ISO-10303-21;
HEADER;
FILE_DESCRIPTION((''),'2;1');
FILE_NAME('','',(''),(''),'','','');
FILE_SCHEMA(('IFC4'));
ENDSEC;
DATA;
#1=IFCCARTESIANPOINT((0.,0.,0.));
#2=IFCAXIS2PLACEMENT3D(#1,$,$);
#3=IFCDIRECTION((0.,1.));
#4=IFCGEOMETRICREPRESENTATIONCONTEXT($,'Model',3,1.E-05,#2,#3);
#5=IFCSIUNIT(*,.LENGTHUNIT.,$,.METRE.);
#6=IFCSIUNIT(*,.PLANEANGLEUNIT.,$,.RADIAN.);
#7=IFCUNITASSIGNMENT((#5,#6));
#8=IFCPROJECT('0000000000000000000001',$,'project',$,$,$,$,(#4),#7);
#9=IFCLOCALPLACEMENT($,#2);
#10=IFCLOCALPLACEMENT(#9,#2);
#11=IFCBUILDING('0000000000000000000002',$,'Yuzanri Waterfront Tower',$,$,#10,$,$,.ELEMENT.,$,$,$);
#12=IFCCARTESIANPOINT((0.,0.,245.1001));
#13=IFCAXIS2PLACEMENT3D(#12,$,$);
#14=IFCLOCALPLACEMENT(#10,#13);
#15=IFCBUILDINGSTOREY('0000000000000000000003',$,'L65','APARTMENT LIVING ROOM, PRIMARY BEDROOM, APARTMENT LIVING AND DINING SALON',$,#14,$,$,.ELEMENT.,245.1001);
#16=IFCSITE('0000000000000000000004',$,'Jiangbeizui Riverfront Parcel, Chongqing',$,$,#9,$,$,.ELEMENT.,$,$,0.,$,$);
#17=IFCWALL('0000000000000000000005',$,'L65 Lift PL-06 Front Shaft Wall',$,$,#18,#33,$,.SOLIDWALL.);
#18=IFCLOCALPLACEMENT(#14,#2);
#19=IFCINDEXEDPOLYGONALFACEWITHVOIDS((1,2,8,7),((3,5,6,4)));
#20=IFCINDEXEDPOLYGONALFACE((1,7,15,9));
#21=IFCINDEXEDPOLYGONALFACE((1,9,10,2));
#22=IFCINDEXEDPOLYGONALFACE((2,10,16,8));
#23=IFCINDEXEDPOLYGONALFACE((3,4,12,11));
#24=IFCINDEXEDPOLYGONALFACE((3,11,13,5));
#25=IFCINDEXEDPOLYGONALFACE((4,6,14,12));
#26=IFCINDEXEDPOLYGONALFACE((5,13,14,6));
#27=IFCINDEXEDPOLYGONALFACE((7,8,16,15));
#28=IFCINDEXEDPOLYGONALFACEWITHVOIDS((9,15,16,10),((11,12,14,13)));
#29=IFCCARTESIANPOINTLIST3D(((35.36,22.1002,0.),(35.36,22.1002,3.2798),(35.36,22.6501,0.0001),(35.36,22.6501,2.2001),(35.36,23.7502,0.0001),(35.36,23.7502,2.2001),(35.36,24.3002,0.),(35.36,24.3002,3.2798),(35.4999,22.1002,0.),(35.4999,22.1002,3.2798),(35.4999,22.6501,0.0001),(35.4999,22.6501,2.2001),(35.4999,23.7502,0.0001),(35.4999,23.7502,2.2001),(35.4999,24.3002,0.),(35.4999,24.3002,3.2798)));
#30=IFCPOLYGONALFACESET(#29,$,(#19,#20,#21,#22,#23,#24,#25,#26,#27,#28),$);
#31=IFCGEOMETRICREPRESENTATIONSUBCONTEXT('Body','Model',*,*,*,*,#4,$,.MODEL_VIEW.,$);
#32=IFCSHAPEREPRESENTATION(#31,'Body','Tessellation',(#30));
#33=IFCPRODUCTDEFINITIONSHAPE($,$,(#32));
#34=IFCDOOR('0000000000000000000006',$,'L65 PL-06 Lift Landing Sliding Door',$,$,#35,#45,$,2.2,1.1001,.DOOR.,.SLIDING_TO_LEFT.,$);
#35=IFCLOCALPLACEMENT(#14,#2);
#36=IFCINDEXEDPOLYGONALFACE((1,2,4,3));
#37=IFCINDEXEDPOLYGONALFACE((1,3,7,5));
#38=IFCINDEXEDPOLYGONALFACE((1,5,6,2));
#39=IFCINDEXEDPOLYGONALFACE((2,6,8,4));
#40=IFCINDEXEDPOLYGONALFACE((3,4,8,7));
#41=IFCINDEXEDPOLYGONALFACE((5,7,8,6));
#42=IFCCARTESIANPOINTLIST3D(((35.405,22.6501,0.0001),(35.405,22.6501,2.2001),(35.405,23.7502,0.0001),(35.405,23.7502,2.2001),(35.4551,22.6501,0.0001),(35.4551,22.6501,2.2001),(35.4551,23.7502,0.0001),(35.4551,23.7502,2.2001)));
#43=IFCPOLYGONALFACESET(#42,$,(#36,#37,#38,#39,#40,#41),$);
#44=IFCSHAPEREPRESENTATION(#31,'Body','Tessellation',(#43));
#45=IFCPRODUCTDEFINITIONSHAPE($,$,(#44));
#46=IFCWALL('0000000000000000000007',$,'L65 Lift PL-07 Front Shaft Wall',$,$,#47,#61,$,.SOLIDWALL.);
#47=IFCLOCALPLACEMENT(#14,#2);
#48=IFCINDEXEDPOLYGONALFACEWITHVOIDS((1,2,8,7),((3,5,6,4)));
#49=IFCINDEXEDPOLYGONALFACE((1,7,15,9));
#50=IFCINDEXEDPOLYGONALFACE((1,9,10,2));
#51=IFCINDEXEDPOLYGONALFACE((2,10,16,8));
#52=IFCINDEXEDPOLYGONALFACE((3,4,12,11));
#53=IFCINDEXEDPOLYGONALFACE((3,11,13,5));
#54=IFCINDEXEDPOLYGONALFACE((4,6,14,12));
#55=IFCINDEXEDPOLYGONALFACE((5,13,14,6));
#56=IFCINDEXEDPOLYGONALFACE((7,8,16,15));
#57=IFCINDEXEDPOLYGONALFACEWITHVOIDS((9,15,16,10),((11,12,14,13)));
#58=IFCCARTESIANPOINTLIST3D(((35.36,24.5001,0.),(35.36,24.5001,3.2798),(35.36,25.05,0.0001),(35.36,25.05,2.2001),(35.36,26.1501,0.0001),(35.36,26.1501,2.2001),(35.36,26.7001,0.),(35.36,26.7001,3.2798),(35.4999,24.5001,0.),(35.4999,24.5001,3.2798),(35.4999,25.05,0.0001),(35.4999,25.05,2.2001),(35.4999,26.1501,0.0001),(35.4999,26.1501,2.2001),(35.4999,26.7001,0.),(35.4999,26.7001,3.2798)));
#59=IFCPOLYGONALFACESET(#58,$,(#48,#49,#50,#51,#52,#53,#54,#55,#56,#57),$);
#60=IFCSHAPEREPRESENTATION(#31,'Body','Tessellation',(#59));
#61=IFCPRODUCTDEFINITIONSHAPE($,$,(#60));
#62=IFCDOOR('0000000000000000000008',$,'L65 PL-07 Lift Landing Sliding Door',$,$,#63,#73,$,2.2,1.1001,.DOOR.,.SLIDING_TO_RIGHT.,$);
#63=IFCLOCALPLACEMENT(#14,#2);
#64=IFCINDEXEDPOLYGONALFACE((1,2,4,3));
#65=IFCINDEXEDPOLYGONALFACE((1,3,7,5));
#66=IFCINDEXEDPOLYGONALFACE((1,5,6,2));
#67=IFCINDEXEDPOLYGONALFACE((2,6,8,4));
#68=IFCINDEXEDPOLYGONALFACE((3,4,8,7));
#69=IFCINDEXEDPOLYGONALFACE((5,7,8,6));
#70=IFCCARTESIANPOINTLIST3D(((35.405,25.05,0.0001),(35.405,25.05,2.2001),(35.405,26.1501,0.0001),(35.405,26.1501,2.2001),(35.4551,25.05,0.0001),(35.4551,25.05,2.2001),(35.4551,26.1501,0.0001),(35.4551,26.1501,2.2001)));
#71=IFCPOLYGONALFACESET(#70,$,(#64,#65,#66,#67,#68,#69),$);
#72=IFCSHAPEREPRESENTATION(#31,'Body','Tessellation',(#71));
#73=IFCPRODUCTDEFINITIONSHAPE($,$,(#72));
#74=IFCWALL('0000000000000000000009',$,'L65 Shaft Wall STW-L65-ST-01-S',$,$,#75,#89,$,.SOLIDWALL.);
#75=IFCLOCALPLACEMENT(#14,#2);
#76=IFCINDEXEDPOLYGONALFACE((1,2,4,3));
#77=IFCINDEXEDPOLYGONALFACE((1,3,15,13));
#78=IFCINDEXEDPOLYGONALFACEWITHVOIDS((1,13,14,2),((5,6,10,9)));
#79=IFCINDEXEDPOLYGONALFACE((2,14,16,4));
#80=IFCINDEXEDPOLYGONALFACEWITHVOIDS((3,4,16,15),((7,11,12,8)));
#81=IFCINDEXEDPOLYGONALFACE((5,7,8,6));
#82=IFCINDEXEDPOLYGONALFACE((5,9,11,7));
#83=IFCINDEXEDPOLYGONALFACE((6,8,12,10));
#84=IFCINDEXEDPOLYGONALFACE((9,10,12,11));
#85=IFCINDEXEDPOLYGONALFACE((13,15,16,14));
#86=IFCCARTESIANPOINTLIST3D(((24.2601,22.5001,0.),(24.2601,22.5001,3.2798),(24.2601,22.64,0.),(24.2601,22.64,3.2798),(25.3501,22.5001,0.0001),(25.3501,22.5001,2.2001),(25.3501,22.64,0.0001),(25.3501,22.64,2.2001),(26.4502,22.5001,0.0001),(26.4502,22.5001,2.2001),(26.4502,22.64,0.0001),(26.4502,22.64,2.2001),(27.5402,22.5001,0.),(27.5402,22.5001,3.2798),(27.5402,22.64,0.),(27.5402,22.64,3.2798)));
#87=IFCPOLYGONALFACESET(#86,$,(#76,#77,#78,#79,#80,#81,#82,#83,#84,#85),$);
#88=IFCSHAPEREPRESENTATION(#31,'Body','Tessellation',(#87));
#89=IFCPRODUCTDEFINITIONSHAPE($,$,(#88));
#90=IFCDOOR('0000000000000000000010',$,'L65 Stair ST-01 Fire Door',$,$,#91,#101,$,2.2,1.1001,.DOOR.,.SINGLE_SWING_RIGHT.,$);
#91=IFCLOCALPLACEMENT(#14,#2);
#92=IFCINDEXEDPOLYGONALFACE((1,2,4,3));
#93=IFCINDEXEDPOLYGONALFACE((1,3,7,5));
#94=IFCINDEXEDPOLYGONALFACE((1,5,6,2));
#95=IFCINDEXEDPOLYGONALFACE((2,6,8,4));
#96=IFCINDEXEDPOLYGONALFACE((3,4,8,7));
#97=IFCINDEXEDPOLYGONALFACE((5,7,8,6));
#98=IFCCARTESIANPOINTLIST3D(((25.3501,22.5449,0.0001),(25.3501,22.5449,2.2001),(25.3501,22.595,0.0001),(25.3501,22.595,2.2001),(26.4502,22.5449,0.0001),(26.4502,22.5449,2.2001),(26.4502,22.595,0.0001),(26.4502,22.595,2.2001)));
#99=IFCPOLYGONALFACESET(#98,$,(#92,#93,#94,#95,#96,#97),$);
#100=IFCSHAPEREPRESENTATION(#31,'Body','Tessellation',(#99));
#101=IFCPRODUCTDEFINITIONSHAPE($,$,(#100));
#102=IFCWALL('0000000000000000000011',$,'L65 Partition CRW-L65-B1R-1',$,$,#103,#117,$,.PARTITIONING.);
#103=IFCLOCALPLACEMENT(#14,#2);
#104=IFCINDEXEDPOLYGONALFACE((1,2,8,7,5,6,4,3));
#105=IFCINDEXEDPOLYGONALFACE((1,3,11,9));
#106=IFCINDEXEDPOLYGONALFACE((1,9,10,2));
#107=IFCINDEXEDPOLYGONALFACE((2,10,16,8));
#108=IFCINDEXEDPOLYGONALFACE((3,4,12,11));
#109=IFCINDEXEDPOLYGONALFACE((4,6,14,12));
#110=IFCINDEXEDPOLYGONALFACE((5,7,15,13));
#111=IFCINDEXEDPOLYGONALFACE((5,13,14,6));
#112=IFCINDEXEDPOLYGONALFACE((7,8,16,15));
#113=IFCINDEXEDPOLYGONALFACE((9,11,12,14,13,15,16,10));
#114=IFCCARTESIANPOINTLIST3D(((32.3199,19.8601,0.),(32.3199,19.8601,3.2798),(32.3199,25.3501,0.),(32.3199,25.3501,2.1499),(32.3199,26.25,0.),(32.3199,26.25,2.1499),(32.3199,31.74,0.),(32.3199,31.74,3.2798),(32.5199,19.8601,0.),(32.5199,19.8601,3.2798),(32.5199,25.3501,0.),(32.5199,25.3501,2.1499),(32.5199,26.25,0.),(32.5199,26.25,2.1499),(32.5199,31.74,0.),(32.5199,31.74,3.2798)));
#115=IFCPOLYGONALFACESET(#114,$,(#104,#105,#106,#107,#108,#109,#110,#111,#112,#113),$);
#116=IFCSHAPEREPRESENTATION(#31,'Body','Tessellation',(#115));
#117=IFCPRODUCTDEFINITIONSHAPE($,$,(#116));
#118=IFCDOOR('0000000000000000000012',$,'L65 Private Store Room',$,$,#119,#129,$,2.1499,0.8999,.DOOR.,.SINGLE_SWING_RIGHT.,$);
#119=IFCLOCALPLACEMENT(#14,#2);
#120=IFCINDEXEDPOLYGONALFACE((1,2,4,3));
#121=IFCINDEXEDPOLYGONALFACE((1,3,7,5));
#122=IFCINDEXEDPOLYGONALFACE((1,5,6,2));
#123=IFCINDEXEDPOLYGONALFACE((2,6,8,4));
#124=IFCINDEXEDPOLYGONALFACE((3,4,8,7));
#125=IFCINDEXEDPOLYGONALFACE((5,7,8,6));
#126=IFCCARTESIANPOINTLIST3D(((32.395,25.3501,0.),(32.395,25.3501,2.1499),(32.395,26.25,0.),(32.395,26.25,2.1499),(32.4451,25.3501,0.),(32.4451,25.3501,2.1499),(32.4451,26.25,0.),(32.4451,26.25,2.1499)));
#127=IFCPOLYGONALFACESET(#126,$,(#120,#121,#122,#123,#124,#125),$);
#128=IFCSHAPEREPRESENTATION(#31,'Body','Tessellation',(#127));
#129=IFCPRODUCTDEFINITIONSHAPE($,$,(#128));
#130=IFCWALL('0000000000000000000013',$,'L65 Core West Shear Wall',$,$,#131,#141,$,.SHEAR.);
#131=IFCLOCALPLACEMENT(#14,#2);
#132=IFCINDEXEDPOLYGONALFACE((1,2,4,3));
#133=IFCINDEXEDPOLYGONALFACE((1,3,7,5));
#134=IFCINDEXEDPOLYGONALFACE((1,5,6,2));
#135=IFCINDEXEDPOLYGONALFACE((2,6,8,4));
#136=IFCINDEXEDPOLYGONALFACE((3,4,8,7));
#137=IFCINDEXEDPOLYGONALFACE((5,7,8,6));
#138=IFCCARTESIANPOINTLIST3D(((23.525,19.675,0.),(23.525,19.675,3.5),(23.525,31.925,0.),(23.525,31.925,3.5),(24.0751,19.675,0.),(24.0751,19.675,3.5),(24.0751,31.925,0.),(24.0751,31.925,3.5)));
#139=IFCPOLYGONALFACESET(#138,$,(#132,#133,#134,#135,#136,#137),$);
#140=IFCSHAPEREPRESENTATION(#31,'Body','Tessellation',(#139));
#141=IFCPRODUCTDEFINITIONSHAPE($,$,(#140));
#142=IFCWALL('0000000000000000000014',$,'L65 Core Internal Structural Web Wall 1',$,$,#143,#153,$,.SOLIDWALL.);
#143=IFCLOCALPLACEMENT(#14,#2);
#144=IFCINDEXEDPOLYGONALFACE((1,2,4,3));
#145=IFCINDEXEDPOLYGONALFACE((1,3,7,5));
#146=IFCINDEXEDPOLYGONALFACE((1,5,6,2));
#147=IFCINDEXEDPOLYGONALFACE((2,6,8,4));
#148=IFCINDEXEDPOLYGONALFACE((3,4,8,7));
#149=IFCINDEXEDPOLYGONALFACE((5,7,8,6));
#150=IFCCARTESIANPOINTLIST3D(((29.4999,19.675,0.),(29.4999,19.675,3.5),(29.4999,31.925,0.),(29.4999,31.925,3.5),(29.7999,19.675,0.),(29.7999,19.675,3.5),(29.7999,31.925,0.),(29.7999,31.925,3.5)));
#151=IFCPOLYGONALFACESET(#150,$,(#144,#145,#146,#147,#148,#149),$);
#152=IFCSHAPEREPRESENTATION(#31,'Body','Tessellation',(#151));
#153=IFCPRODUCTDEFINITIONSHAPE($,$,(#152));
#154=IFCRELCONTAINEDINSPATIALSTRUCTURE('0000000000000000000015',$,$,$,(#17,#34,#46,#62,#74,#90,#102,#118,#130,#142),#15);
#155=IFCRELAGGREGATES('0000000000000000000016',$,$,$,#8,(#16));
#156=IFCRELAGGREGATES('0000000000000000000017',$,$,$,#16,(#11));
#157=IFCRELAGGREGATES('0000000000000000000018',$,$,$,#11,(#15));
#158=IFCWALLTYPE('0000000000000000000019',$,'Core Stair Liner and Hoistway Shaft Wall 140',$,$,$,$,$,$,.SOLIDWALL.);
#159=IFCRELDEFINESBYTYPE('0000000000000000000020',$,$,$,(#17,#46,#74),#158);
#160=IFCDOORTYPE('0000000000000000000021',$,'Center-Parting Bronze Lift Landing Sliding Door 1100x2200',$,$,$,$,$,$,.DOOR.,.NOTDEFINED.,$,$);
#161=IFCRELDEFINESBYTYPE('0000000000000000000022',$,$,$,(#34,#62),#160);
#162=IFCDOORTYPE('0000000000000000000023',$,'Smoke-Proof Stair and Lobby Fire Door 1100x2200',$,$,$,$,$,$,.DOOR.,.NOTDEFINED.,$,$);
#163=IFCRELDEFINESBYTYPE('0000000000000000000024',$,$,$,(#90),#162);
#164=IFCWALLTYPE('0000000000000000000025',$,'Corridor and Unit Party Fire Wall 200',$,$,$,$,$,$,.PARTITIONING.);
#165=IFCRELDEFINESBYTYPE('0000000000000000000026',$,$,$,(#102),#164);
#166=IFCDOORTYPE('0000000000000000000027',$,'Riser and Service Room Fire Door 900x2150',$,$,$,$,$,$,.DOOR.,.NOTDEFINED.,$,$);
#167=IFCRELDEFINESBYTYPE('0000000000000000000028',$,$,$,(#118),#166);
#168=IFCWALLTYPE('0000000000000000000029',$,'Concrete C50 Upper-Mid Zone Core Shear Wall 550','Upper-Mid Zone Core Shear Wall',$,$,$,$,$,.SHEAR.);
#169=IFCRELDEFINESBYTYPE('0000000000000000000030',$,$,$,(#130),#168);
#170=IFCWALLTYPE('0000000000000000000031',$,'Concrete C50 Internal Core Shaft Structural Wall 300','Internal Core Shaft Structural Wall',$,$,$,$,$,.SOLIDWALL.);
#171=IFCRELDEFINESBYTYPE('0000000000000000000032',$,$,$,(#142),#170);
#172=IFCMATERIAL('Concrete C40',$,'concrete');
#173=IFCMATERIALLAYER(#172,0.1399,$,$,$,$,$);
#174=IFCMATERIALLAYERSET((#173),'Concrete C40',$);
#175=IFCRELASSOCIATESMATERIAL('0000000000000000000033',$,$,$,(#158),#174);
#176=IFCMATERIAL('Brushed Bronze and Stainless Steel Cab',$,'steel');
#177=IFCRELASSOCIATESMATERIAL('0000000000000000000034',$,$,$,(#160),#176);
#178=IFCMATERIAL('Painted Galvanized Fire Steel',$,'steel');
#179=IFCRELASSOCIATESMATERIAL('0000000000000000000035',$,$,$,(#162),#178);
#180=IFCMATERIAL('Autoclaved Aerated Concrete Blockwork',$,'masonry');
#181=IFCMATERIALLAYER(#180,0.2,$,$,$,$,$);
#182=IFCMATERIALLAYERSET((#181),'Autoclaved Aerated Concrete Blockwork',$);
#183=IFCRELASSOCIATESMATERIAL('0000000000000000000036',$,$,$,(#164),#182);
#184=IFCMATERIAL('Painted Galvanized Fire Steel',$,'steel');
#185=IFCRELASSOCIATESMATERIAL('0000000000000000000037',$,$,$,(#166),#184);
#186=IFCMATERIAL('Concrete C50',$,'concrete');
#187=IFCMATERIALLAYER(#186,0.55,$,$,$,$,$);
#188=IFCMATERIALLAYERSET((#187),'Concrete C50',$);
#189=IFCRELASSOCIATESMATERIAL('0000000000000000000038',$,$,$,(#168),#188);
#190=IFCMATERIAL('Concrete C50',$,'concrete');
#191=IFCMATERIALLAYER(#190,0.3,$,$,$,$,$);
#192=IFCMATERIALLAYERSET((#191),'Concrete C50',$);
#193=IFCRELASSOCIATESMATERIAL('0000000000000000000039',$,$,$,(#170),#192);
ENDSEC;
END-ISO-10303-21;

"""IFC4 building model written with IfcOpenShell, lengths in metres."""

from ifc_helpers import new_model, si_unit, direction, frame, frame_2d, origin, place, context, subcontext, project, spatial, rectangle, extrude, source, transform, mapped, material, layer, layer_set, type_object, element, fill, save


model = new_model("IFC4")

# Units and contexts
model_context = context("Model", 3, precision=1e-05, world=origin(), true_north=direction((0.0, 1.0)))
body_context = subcontext(model_context, "Body", "Model", "MODEL_VIEW")
ifc_project = project(units=[si_unit("LENGTHUNIT", "METRE"), si_unit("PLANEANGLEUNIT", "RADIAN")], contexts=[model_context])

# Site, building, storey
site_placement = place(None, origin())
site = spatial("IfcSite", under=ifc_project, at=site_placement, Name="Jiangbeizui Riverfront Parcel, Chongqing", CompositionType="ELEMENT", RefElevation=0.0)
building_placement = place(site_placement, origin())
building = spatial("IfcBuilding", under=site, at=building_placement, Name="Yuzanri Waterfront Tower", CompositionType="ELEMENT")
storey_placement = place(building_placement, frame((0.0, 0.0, 245.1001)))
storey = spatial("IfcBuildingStorey", under=building, at=storey_placement, Name="L65", Description="APARTMENT LIVING ROOM, PRIMARY BEDROOM, APARTMENT LIVING AND DINING SALON", CompositionType="ELEMENT", Elevation=245.1001)

# Walls, openings, doors
ifc_material_1 = material(Name="Concrete C40", Category="concrete")
ifc_layer_1 = layer(ifc_material_1, 0.1399)
ifc_layer_set_1 = layer_set([ifc_layer_1], Name="Concrete C40")
wall_type_1 = type_object("IfcWallType", Name="Core Stair Liner and Hoistway Shaft Wall 140", PredefinedType="SOLIDWALL", material=ifc_layer_set_1)
ifc_material_2 = material(Name="Brushed Bronze and Stainless Steel Cab", Category="steel")
door_type_1 = type_object("IfcDoorType", Name="Center-Parting Bronze Lift Landing Sliding Door 1100x2200", OperationType="NOTDEFINED", PredefinedType="DOOR", material=ifc_material_2)
shared_shape_1 = source(origin(), body_context, "Body", "SweptSolid", [
    extrude(rectangle(XDim=1.1001, YDim=2.2, at=frame_2d((0.55, 1.1001))), frame((0.0, 0.0249, 0.0), z_axis=(0.0, -1.0, 0.0), x_axis=(1.0, 0.0, 0.0)), (0.0, 0.0, 1.0), 0.05),
])
wall_1_placement = place(storey_placement, frame((35.4299, 22.1001, 0.0), z_axis=(0.0, 0.0, 1.0), x_axis=(0.0, 1.0, 0.0)))
wall_1 = element("IfcWall", 1, at=wall_1_placement, inside=storey, type_object=wall_type_1, Name="L65 Lift PL-06 Front Shaft Wall", PredefinedType="SOLIDWALL", context=body_context, shape_type="SweptSolid", body=[
    extrude(rectangle(XDim=2.2, YDim=0.1399, at=frame_2d((1.1001, 0.0))), origin(), (0.0, 0.0, 1.0), 3.2798),
])
opening_1_placement = place(wall_1_placement, frame((0.55, 0.0, 0.0)))
opening_1 = element("IfcOpeningElement", 2, at=opening_1_placement, cuts=wall_1, PredefinedType="OPENING", context=body_context, shape_type="SweptSolid", body=[
    extrude(rectangle(XDim=1.1001, YDim=2.2, at=frame_2d((0.55, 1.1001))), frame((0.0, 0.085, 0.0), z_axis=(0.0, -1.0, 0.0), x_axis=(1.0, 0.0, 0.0)), (0.0, 0.0, 1.0), 0.1697),
])
door_1_placement = place(opening_1_placement, origin())
door_1 = element("IfcDoor", 3, at=door_1_placement, inside=storey, type_object=door_type_1, Name="L65 PL-06 Lift Landing Sliding Door", OperationType="SLIDING_TO_LEFT", OverallHeight=2.2, OverallWidth=1.1001, PredefinedType="DOOR", context=body_context, shape_type="MappedRepresentation", body=[
    mapped(shared_shape_1, transform((0.0, 0.0, 0.0), scale=1.0)),
])
fill(opening_1, door_1)
wall_2_placement = place(storey_placement, frame((35.4299, 24.5, 0.0), z_axis=(0.0, 0.0, 1.0), x_axis=(0.0, 1.0, 0.0)))
wall_2 = element("IfcWall", 4, at=wall_2_placement, inside=storey, type_object=wall_type_1, Name="L65 Lift PL-07 Front Shaft Wall", PredefinedType="SOLIDWALL", context=body_context, shape_type="SweptSolid", body=[
    extrude(rectangle(XDim=2.2, YDim=0.1399, at=frame_2d((1.1001, 0.0))), origin(), (0.0, 0.0, 1.0), 3.2798),
])
opening_2_placement = place(wall_2_placement, frame((0.55, 0.0, 0.0)))
opening_2 = element("IfcOpeningElement", 5, at=opening_2_placement, cuts=wall_2, PredefinedType="OPENING", context=body_context, shape_type="SweptSolid", body=[
    extrude(rectangle(XDim=1.1001, YDim=2.2, at=frame_2d((0.55, 1.1001))), frame((0.0, 0.085, 0.0), z_axis=(0.0, -1.0, 0.0), x_axis=(1.0, 0.0, 0.0)), (0.0, 0.0, 1.0), 0.1697),
])
door_2_placement = place(opening_2_placement, origin())
door_2 = element("IfcDoor", 6, at=door_2_placement, inside=storey, type_object=door_type_1, Name="L65 PL-07 Lift Landing Sliding Door", OperationType="SLIDING_TO_RIGHT", OverallHeight=2.2, OverallWidth=1.1001, PredefinedType="DOOR", context=body_context, shape_type="MappedRepresentation", body=[
    mapped(shared_shape_1, transform((0.0, 0.0, 0.0), scale=1.0)),
])
fill(opening_2, door_2)
wall_3_placement = place(storey_placement, frame((24.26, 22.5701, 0.0), z_axis=(0.0, 0.0, 1.0), x_axis=(1.0, 0.0, 0.0)))
wall_3 = element("IfcWall", 7, at=wall_3_placement, inside=storey, type_object=wall_type_1, Name="L65 Shaft Wall STW-L65-ST-01-S", PredefinedType="SOLIDWALL", context=body_context, shape_type="SweptSolid", body=[
    extrude(rectangle(XDim=3.28, YDim=0.1399, at=frame_2d((1.6401, 0.0))), origin(), (0.0, 0.0, 1.0), 3.2798),
])
opening_3_placement = place(wall_3_placement, frame((1.0901, 0.0, 0.0)))
opening_3 = element("IfcOpeningElement", 8, at=opening_3_placement, cuts=wall_3, PredefinedType="OPENING", context=body_context, shape_type="SweptSolid", body=[
    extrude(rectangle(XDim=1.1001, YDim=2.2, at=frame_2d((0.55, 1.1001))), frame((0.0, 0.085, 0.0), z_axis=(0.0, -1.0, 0.0), x_axis=(1.0, 0.0, 0.0)), (0.0, 0.0, 1.0), 0.1697),
])
ifc_material_3 = material(Name="Painted Galvanized Fire Steel", Category="steel")
door_type_2 = type_object("IfcDoorType", Name="Smoke-Proof Stair and Lobby Fire Door 1100x2200", OperationType="NOTDEFINED", PredefinedType="DOOR", material=ifc_material_3)
shared_shape_2 = source(origin(), body_context, "Body", "SweptSolid", [
    extrude(rectangle(XDim=1.1001, YDim=2.2, at=frame_2d((0.55, 1.1001))), frame((0.0, 0.0249, 0.0), z_axis=(0.0, -1.0, 0.0), x_axis=(1.0, 0.0, 0.0)), (0.0, 0.0, 1.0), 0.05),
])
door_3_placement = place(opening_3_placement, origin())
door_3 = element("IfcDoor", 9, at=door_3_placement, inside=storey, type_object=door_type_2, Name="L65 Stair ST-01 Fire Door", OperationType="SINGLE_SWING_RIGHT", OverallHeight=2.2, OverallWidth=1.1001, PredefinedType="DOOR", context=body_context, shape_type="MappedRepresentation", body=[
    mapped(shared_shape_2, transform((0.0, 0.0, 0.0), scale=1.0)),
])
fill(opening_3, door_3)
ifc_material_4 = material(Name="Autoclaved Aerated Concrete Blockwork", Category="masonry")
ifc_layer_2 = layer(ifc_material_4, 0.2)
ifc_layer_set_2 = layer_set([ifc_layer_2], Name="Autoclaved Aerated Concrete Blockwork")
wall_type_2 = type_object("IfcWallType", Name="Corridor and Unit Party Fire Wall 200", PredefinedType="PARTITIONING", material=ifc_layer_set_2)
wall_4_placement = place(storey_placement, frame((32.4199, 19.8601, 0.0), z_axis=(0.0, 0.0, 1.0), x_axis=(0.0, 1.0, 0.0)))
wall_4 = element("IfcWall", 10, at=wall_4_placement, inside=storey, type_object=wall_type_2, Name="L65 Partition CRW-L65-B1R-1", PredefinedType="PARTITIONING", context=body_context, shape_type="SweptSolid", body=[
    extrude(rectangle(XDim=11.8799, YDim=0.2, at=frame_2d((5.9399, 0.0))), origin(), (0.0, 0.0, 1.0), 3.2798),
])
opening_4_placement = place(wall_4_placement, frame((5.49, 0.0, 0.0)))
opening_4 = element("IfcOpeningElement", 11, at=opening_4_placement, cuts=wall_4, PredefinedType="OPENING", context=body_context, shape_type="SweptSolid", body=[
    extrude(rectangle(XDim=0.8999, YDim=2.1499, at=frame_2d((0.45, 1.075))), frame((0.0, 0.1147, 0.0), z_axis=(0.0, -1.0, 0.0), x_axis=(1.0, 0.0, 0.0)), (0.0, 0.0, 1.0), 0.2297),
])
ifc_material_5 = material(Name="Painted Galvanized Fire Steel", Category="steel")
door_type_3 = type_object("IfcDoorType", Name="Riser and Service Room Fire Door 900x2150", OperationType="NOTDEFINED", PredefinedType="DOOR", material=ifc_material_5)
shared_shape_3 = source(origin(), body_context, "Body", "SweptSolid", [
    extrude(rectangle(XDim=0.8999, YDim=2.1499, at=frame_2d((0.45, 1.075))), frame((0.0, 0.0249, 0.0), z_axis=(0.0, -1.0, 0.0), x_axis=(1.0, 0.0, 0.0)), (0.0, 0.0, 1.0), 0.05),
])
door_4_placement = place(opening_4_placement, origin())
door_4 = element("IfcDoor", 12, at=door_4_placement, inside=storey, type_object=door_type_3, Name="L65 Private Store Room", OperationType="SINGLE_SWING_RIGHT", OverallHeight=2.1499, OverallWidth=0.8999, PredefinedType="DOOR", context=body_context, shape_type="MappedRepresentation", body=[
    mapped(shared_shape_3, transform((0.0, 0.0, 0.0), scale=1.0)),
])
fill(opening_4, door_4)

# Walls
ifc_material_6 = material(Name="Concrete C50", Category="concrete")
ifc_layer_3 = layer(ifc_material_6, 0.55)
ifc_layer_set_3 = layer_set([ifc_layer_3], Name="Concrete C50")
wall_type_3 = type_object("IfcWallType", Name="Concrete C50 Upper-Mid Zone Core Shear Wall 550", Description="Upper-Mid Zone Core Shear Wall", PredefinedType="SHEAR", material=ifc_layer_set_3)
shared_shape_4 = source(origin(), body_context, "Body", "SweptSolid", [
    extrude(rectangle(XDim=12.25, YDim=0.55, at=frame_2d((6.125, 0.0))), origin(), (0.0, 0.0, 1.0), 3.5),
])
wall_5_placement = place(storey_placement, frame((23.8, 19.675, 0.0), z_axis=(0.0, 0.0, 1.0), x_axis=(0.0, 1.0, 0.0)))
element("IfcWall", 13, at=wall_5_placement, inside=storey, type_object=wall_type_3, Name="L65 Core West Shear Wall", PredefinedType="SHEAR", context=body_context, shape_type="MappedRepresentation", body=[
    mapped(shared_shape_4, transform((0.0, 0.0, 0.0), scale=1.0)),
])
ifc_material_7 = material(Name="Concrete C50", Category="concrete")
ifc_layer_4 = layer(ifc_material_7, 0.3)
ifc_layer_set_4 = layer_set([ifc_layer_4], Name="Concrete C50")
wall_type_4 = type_object("IfcWallType", Name="Concrete C50 Internal Core Shaft Structural Wall 300", Description="Internal Core Shaft Structural Wall", PredefinedType="SOLIDWALL", material=ifc_layer_set_4)
shared_shape_5 = source(origin(), body_context, "Body", "SweptSolid", [
    extrude(rectangle(XDim=12.25, YDim=0.3, at=frame_2d((6.125, 0.0))), origin(), (0.0, 0.0, 1.0), 3.5),
])
wall_6_placement = place(storey_placement, frame((29.6499, 19.675, 0.0), z_axis=(0.0, 0.0, 1.0), x_axis=(0.0, 1.0, 0.0)))
element("IfcWall", 14, at=wall_6_placement, inside=storey, type_object=wall_type_4, Name="L65 Core Internal Structural Web Wall 1", PredefinedType="SOLIDWALL", context=body_context, shape_type="MappedRepresentation", body=[
    mapped(shared_shape_5, transform((0.0, 0.0, 0.0), scale=1.0)),
])

save(model, "model.ifc")
